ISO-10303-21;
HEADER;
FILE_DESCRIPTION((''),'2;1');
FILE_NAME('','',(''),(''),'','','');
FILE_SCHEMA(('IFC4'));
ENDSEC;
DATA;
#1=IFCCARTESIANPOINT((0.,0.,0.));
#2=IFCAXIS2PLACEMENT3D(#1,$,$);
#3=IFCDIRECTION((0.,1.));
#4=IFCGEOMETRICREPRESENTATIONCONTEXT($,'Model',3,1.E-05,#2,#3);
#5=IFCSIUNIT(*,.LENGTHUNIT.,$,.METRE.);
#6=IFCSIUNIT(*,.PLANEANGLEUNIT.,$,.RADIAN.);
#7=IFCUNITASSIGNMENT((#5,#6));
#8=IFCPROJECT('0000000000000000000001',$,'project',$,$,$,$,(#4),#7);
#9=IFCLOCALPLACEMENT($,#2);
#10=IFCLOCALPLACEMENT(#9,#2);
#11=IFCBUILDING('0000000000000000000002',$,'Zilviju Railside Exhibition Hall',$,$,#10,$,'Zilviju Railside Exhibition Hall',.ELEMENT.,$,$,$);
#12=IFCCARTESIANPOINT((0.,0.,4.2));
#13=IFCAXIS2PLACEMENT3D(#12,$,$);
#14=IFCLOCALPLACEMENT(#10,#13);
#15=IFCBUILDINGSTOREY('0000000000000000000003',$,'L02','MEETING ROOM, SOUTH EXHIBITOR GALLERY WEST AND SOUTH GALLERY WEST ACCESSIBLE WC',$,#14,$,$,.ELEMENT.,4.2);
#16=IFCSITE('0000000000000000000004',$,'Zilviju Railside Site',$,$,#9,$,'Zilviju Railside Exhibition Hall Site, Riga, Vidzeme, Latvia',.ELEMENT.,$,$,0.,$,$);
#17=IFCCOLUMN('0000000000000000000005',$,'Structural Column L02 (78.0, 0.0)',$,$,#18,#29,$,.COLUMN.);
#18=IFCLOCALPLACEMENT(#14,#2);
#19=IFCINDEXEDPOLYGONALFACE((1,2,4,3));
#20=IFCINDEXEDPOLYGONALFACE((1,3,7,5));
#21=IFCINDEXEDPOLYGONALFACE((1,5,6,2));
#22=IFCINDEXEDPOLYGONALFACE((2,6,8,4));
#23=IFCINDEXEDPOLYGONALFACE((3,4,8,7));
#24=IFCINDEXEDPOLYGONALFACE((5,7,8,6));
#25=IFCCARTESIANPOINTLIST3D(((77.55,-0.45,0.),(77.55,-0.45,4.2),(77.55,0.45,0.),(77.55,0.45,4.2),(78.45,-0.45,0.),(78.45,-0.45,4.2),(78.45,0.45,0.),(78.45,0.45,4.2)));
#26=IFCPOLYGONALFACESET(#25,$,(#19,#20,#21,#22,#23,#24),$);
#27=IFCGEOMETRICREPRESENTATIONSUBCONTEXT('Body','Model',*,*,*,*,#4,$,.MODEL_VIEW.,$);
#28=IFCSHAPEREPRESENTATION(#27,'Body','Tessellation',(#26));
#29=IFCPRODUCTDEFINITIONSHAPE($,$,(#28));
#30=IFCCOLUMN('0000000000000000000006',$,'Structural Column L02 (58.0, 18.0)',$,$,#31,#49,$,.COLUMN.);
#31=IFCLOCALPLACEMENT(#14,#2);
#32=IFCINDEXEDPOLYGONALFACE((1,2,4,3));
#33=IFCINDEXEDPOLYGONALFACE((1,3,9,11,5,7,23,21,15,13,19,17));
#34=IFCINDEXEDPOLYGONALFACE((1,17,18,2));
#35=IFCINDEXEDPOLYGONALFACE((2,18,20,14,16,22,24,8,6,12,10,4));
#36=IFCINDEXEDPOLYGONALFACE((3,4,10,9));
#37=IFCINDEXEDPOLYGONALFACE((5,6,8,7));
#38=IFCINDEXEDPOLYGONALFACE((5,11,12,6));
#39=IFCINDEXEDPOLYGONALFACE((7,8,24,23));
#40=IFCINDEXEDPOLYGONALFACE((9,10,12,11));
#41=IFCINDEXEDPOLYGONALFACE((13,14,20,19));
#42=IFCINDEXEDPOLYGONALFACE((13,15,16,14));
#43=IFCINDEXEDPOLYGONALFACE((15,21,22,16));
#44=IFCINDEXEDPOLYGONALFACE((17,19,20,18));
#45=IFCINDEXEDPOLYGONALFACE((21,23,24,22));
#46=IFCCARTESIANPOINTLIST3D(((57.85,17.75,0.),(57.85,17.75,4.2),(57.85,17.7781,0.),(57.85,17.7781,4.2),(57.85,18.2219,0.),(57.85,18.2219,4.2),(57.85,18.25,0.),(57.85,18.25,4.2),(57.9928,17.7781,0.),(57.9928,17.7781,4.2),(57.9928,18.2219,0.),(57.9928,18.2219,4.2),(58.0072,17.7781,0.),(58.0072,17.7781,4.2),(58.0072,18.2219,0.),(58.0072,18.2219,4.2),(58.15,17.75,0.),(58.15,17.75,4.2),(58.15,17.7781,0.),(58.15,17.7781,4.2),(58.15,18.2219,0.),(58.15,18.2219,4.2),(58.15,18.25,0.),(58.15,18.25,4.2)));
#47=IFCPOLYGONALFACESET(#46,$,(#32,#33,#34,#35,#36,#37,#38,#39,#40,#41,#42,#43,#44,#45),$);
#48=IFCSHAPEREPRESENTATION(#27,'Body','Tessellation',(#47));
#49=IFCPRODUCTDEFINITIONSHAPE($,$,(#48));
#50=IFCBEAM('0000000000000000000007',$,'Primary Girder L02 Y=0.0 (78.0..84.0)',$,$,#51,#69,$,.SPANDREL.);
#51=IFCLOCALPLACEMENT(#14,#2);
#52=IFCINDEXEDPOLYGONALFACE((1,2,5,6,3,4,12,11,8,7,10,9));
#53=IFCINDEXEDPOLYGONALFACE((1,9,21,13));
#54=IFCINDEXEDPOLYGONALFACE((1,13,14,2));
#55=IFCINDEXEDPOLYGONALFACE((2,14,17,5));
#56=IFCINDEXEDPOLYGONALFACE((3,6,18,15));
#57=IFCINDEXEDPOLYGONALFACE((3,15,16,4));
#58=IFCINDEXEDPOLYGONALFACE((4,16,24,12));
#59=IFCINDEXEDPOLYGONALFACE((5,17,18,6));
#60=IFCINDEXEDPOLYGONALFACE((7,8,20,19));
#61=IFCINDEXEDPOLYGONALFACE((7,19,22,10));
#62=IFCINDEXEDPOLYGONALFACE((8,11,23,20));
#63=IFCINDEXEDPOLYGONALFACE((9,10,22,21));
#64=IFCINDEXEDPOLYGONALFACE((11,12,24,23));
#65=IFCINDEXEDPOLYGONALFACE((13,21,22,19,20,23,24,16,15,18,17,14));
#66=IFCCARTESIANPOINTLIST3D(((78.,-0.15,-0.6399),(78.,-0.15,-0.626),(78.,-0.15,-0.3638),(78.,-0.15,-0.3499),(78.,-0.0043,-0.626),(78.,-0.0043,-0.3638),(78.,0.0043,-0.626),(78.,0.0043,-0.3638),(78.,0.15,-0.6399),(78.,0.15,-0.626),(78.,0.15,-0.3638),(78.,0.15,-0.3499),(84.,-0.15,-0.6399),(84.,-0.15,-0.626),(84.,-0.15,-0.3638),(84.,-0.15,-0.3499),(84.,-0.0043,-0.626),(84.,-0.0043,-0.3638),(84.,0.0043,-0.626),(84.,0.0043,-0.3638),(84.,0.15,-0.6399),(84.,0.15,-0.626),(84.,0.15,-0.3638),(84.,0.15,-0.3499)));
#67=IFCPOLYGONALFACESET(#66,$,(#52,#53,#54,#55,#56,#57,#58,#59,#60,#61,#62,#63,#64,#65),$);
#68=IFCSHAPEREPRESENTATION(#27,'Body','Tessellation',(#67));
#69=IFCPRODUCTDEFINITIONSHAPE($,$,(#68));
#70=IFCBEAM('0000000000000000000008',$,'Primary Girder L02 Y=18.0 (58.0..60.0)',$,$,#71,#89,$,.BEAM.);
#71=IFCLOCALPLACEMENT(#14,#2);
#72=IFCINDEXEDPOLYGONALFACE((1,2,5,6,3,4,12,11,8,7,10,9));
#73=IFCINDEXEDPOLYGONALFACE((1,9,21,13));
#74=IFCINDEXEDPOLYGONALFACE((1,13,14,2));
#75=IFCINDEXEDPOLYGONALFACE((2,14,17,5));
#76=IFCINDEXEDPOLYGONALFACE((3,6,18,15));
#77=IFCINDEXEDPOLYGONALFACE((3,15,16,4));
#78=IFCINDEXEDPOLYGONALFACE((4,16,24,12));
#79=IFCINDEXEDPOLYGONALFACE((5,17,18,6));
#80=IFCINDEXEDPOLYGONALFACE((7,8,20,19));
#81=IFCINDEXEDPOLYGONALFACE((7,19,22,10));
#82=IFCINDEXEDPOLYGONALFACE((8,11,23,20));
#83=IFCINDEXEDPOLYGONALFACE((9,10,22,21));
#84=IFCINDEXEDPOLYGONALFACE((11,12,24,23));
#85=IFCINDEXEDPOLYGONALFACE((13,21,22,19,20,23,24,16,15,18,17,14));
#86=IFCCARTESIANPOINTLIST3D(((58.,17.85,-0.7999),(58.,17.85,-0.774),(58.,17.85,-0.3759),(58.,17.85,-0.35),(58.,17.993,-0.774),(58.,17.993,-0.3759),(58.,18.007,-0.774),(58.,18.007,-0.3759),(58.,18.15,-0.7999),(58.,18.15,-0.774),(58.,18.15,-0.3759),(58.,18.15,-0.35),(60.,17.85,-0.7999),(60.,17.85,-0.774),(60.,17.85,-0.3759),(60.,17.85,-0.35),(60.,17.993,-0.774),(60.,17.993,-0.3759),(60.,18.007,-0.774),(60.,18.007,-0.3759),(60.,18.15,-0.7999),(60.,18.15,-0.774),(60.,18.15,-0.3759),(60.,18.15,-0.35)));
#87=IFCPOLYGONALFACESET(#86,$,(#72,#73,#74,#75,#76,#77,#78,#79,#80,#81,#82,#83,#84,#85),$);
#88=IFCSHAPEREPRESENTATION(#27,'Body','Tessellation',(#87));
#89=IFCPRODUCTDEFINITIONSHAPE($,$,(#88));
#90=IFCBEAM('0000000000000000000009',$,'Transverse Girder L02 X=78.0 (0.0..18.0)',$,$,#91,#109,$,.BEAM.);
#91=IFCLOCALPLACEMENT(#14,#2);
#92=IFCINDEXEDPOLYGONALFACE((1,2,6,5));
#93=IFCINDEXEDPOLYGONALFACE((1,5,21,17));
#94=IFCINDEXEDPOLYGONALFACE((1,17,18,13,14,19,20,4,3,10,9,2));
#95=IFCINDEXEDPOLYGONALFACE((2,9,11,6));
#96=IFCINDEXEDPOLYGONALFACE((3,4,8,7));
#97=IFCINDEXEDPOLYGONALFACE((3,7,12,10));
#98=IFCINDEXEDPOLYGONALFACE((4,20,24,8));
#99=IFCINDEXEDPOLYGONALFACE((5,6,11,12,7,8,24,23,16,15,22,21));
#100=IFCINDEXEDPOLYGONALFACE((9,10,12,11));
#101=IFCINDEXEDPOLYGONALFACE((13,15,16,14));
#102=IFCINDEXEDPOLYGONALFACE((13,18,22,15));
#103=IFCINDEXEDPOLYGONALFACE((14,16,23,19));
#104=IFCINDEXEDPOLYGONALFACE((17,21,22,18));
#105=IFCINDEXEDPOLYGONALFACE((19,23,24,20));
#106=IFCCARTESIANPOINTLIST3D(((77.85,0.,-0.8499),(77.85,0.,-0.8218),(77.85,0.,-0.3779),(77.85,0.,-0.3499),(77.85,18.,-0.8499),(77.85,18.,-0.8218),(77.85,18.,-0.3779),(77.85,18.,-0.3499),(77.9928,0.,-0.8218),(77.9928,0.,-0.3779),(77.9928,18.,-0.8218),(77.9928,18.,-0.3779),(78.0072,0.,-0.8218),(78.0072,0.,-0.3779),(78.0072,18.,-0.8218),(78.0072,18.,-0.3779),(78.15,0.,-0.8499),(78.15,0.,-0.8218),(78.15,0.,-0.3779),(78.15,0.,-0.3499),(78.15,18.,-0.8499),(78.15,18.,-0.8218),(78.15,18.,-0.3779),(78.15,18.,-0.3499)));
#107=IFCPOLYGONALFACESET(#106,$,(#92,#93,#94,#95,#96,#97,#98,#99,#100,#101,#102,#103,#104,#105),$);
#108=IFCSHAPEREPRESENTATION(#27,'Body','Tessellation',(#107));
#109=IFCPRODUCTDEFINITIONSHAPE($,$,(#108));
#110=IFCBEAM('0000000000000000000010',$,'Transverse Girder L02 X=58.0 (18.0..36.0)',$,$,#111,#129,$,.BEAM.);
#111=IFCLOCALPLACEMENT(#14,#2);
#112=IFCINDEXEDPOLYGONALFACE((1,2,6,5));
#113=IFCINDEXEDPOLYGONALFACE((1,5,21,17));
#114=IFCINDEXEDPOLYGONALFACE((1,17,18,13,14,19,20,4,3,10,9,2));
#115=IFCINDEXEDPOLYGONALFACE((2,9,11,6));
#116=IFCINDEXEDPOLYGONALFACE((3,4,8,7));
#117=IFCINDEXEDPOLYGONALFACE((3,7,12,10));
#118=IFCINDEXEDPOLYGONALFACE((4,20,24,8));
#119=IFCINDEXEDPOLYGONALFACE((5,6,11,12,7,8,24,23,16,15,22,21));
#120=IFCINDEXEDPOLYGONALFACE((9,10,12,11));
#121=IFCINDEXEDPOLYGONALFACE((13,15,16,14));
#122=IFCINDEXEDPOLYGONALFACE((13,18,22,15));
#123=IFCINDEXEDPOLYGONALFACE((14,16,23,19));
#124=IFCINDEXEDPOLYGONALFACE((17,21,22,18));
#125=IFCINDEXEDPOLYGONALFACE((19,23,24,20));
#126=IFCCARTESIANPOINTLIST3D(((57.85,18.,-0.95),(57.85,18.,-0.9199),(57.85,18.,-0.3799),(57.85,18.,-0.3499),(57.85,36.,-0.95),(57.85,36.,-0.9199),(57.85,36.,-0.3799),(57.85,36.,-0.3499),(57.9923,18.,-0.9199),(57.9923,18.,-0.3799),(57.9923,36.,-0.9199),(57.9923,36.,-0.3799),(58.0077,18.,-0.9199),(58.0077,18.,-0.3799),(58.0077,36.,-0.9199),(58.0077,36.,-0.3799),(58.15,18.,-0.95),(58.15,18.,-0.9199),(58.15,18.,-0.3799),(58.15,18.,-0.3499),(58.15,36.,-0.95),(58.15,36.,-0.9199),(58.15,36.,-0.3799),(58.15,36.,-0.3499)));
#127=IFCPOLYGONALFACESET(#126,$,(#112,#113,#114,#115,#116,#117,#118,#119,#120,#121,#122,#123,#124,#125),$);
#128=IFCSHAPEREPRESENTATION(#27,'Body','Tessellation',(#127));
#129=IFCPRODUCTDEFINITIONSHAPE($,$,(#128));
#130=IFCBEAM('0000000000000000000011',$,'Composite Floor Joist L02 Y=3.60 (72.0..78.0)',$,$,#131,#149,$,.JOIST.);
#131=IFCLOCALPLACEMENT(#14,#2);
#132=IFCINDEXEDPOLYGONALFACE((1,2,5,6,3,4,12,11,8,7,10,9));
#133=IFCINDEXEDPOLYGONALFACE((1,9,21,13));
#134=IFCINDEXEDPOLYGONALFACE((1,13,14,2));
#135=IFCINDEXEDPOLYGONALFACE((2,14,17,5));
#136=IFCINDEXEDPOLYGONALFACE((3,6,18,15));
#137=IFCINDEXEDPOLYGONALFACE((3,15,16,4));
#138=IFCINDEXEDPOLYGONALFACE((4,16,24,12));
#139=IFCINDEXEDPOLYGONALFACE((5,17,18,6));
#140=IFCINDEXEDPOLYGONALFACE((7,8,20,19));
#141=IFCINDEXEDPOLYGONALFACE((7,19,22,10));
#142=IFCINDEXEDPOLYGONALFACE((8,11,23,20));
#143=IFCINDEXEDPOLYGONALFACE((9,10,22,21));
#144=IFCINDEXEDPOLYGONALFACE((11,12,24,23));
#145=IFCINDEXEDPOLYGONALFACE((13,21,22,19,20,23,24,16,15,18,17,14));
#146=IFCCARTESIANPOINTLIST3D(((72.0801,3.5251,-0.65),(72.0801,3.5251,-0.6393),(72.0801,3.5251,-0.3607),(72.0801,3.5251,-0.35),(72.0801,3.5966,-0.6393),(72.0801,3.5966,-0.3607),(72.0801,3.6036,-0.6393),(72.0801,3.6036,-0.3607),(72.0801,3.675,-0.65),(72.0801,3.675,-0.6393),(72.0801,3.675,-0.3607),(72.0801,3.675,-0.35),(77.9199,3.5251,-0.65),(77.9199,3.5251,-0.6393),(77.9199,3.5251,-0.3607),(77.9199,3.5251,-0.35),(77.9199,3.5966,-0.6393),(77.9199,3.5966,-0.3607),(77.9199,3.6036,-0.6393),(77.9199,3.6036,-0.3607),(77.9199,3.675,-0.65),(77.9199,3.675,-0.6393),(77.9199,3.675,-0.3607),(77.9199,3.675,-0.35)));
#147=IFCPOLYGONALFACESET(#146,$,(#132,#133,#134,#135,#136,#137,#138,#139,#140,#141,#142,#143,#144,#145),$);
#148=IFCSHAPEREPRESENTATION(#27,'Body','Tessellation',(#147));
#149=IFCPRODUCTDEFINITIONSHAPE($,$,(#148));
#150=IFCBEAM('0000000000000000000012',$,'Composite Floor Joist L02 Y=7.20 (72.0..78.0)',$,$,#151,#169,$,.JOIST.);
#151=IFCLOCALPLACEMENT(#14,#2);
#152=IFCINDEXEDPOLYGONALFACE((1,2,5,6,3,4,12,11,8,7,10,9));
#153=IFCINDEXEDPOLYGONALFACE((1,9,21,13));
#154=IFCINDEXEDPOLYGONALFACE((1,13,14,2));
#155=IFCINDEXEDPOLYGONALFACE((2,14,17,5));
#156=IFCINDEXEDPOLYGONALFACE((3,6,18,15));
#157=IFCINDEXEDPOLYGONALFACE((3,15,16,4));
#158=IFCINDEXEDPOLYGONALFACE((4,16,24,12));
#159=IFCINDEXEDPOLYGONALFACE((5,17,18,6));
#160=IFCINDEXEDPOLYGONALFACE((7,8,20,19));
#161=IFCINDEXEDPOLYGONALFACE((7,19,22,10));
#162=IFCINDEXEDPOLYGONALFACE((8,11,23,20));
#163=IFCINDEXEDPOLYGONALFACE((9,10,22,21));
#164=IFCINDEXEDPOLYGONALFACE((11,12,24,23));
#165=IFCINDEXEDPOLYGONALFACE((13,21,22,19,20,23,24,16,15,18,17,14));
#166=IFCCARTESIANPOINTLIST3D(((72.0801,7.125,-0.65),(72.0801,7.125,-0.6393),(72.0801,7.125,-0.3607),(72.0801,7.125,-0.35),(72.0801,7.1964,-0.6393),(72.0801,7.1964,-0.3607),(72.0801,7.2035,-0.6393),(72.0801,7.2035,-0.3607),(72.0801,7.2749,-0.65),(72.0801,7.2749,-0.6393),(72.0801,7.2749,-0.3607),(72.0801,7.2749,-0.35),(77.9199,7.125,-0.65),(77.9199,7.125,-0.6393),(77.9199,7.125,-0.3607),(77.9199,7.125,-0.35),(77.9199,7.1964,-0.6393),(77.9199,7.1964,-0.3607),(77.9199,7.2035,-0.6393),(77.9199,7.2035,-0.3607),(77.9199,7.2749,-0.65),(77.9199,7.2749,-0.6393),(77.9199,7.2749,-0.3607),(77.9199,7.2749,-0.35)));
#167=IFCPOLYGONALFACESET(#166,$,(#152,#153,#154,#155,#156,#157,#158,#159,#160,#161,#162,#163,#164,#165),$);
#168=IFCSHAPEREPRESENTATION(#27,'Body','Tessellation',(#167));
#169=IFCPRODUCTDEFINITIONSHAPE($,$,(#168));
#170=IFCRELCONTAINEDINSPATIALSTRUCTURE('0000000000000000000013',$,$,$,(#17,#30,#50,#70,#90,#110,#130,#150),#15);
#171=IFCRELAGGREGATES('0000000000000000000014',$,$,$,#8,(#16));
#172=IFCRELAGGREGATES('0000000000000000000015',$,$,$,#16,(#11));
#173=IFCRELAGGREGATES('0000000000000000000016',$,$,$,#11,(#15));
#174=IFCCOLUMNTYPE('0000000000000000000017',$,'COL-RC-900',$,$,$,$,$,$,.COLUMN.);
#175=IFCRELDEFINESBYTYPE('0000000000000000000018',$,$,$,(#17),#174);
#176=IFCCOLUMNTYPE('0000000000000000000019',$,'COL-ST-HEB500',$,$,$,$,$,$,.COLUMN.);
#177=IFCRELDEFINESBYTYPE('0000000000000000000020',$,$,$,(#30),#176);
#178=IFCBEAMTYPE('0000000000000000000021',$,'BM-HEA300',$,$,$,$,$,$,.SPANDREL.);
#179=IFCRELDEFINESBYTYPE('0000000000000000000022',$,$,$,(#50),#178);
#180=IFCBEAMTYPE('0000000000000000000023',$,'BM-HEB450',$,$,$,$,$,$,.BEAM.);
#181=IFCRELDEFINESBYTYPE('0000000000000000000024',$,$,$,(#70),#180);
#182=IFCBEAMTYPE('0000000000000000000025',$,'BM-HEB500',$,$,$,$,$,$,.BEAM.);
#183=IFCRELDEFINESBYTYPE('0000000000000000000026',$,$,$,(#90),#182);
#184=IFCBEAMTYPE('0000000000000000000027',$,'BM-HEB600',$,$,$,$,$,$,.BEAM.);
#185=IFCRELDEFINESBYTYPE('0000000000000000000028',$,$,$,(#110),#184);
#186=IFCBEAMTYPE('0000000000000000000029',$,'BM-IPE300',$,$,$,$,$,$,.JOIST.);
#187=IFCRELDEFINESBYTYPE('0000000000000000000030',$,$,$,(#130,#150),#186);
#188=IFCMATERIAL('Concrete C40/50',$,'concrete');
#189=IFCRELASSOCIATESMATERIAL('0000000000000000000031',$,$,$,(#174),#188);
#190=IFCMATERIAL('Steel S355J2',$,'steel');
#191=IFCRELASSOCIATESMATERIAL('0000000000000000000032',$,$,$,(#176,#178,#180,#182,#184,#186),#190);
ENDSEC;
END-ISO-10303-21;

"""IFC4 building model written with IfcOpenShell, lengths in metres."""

from ifc_helpers import new_model, si_unit, direction, frame, origin, origin_2d, place, context, subcontext, project, spatial, rectangle, i_section, extrude, material, material_profile, profile_set, type_object, element, save


model = new_model("IFC4")

# Units and contexts
model_context = context("Model", 3, precision=1e-05, world=origin(), true_north=direction((0.0, 1.0)))
body_context = subcontext(model_context, "Body", "Model", "MODEL_VIEW")
ifc_project = project(units=[si_unit("LENGTHUNIT", "METRE"), si_unit("PLANEANGLEUNIT", "RADIAN")], contexts=[model_context])

# Site, building, storey
site_placement = place(None, origin())
site = spatial("IfcSite", under=ifc_project, at=site_placement, Name="Zilviju Railside Site", LongName="Zilviju Railside Exhibition Hall Site, Riga, Vidzeme, Latvia", CompositionType="ELEMENT", RefElevation=0.0)
building_placement = place(site_placement, origin())
building = spatial("IfcBuilding", under=site, at=building_placement, Name="Zilviju Railside Exhibition Hall", LongName="Zilviju Railside Exhibition Hall", CompositionType="ELEMENT")
storey_placement = place(building_placement, frame((0.0, 0.0, 4.2)))
storey = spatial("IfcBuildingStorey", under=building, at=storey_placement, Name="L02", Description="MEETING ROOM, SOUTH EXHIBITOR GALLERY WEST AND SOUTH GALLERY WEST ACCESSIBLE WC", CompositionType="ELEMENT", Elevation=4.2)

# Columns
ifc_material_1 = material(Name="Concrete C40/50", Category="concrete")
ifc_material_profile_1 = material_profile(ifc_material_1, rectangle(XDim=0.8999, YDim=0.8999, at=origin_2d()), Name="RC COL 900x900")
ifc_profile_set_1 = profile_set([ifc_material_profile_1], Name="Concrete C40/50")
column_type_1 = type_object("IfcColumnType", Name="COL-RC-900", PredefinedType="COLUMN", material=ifc_profile_set_1)
column_1_placement = place(storey_placement, frame((78.0, 0.0, 0.0), z_axis=(0.0, 0.0, 1.0), x_axis=(1.0, 0.0, 0.0)))
element("IfcColumn", 1, at=column_1_placement, inside=storey, type_object=column_type_1, Name="Structural Column L02 (78.0, 0.0)", PredefinedType="COLUMN", context=body_context, shape_type="SweptSolid", body=[
    extrude(rectangle(XDim=0.8999, YDim=0.8999, at=origin_2d()), origin(), (0.0, 0.0, 1.0), 4.2),
])
ifc_material_2 = material(Name="Steel S355J2", Category="steel")
ifc_material_profile_2 = material_profile(ifc_material_2, i_section(OverallWidth=0.3, OverallDepth=0.5, WebThickness=0.0144, FlangeThickness=0.0281, at=origin_2d()), Name="HEB 500")
ifc_profile_set_2 = profile_set([ifc_material_profile_2], Name="Steel S355J2")
column_type_2 = type_object("IfcColumnType", Name="COL-ST-HEB500", PredefinedType="COLUMN", material=ifc_profile_set_2)
column_2_placement = place(storey_placement, frame((58.0, 18.0, 0.0), z_axis=(0.0, 0.0, 1.0), x_axis=(1.0, 0.0, 0.0)))
element("IfcColumn", 2, at=column_2_placement, inside=storey, type_object=column_type_2, Name="Structural Column L02 (58.0, 18.0)", PredefinedType="COLUMN", context=body_context, shape_type="SweptSolid", body=[
    extrude(i_section(OverallWidth=0.3, OverallDepth=0.5, WebThickness=0.0144, FlangeThickness=0.0281, at=origin_2d()), origin(), (0.0, 0.0, 1.0), 4.2),
])

# Beams
ifc_material_profile_3 = material_profile(ifc_material_2, i_section(OverallWidth=0.3, OverallDepth=0.29, WebThickness=0.0085, FlangeThickness=0.0139, at=origin_2d()), Name="HEA 300")
ifc_profile_set_3 = profile_set([ifc_material_profile_3], Name="Steel S355J2")
beam_type_1 = type_object("IfcBeamType", Name="BM-HEA300", PredefinedType="SPANDREL", material=ifc_profile_set_3)
beam_1_placement = place(storey_placement, frame((78.0, 0.0, -0.4949), z_axis=(1.0, 0.0, 0.0), x_axis=(0.0, 1.0, 0.0)))
element("IfcBeam", 3, at=beam_1_placement, inside=storey, type_object=beam_type_1, Name="Primary Girder L02 Y=0.0 (78.0..84.0)", PredefinedType="SPANDREL", context=body_context, shape_type="SweptSolid", body=[
    extrude(i_section(OverallWidth=0.3, OverallDepth=0.29, WebThickness=0.0085, FlangeThickness=0.0139, at=origin_2d()), origin(), (0.0, 0.0, 1.0), 6.0),
])
ifc_material_profile_4 = material_profile(ifc_material_2, i_section(OverallWidth=0.3, OverallDepth=0.45, WebThickness=0.0139, FlangeThickness=0.0259, at=origin_2d()), Name="HEB 450")
ifc_profile_set_4 = profile_set([ifc_material_profile_4], Name="Steel S355J2")
beam_type_2 = type_object("IfcBeamType", Name="BM-HEB450", PredefinedType="BEAM", material=ifc_profile_set_4)
beam_2_placement = place(storey_placement, frame((58.0, 18.0, -0.575), z_axis=(1.0, 0.0, 0.0), x_axis=(0.0, 1.0, 0.0)))
element("IfcBeam", 4, at=beam_2_placement, inside=storey, type_object=beam_type_2, Name="Primary Girder L02 Y=18.0 (58.0..60.0)", PredefinedType="BEAM", context=body_context, shape_type="SweptSolid", body=[
    extrude(i_section(OverallWidth=0.3, OverallDepth=0.45, WebThickness=0.0139, FlangeThickness=0.0259, at=origin_2d()), origin(), (0.0, 0.0, 1.0), 2.0),
])
ifc_material_profile_5 = material_profile(ifc_material_2, i_section(OverallWidth=0.3, OverallDepth=0.5, WebThickness=0.0144, FlangeThickness=0.0281, at=origin_2d()), Name="HEB 500")
ifc_profile_set_5 = profile_set([ifc_material_profile_5], Name="Steel S355J2")
beam_type_3 = type_object("IfcBeamType", Name="BM-HEB500", PredefinedType="BEAM", material=ifc_profile_set_5)
beam_3_placement = place(storey_placement, frame((78.0, 0.0, -0.5999), z_axis=(0.0, 1.0, 0.0), x_axis=(-1.0, 0.0, 0.0)))
element("IfcBeam", 5, at=beam_3_placement, inside=storey, type_object=beam_type_3, Name="Transverse Girder L02 X=78.0 (0.0..18.0)", PredefinedType="BEAM", context=body_context, shape_type="SweptSolid", body=[
    extrude(i_section(OverallWidth=0.3, OverallDepth=0.5, WebThickness=0.0144, FlangeThickness=0.0281, at=origin_2d()), origin(), (0.0, 0.0, 1.0), 18.0),
])
ifc_material_profile_6 = material_profile(ifc_material_2, i_section(OverallWidth=0.3, OverallDepth=0.6001, WebThickness=0.0154, FlangeThickness=0.03, at=origin_2d()), Name="HEB 600")
ifc_profile_set_6 = profile_set([ifc_material_profile_6], Name="Steel S355J2")
beam_type_4 = type_object("IfcBeamType", Name="BM-HEB600", PredefinedType="BEAM", material=ifc_profile_set_6)
beam_4_placement = place(storey_placement, frame((58.0, 18.0, -0.6499), z_axis=(0.0, 1.0, 0.0), x_axis=(-1.0, 0.0, 0.0)))
element("IfcBeam", 6, at=beam_4_placement, inside=storey, type_object=beam_type_4, Name="Transverse Girder L02 X=58.0 (18.0..36.0)", PredefinedType="BEAM", context=body_context, shape_type="SweptSolid", body=[
    extrude(i_section(OverallWidth=0.3, OverallDepth=0.6001, WebThickness=0.0154, FlangeThickness=0.03, at=origin_2d()), origin(), (0.0, 0.0, 1.0), 18.0),
])
ifc_material_profile_7 = material_profile(ifc_material_2, i_section(OverallWidth=0.1499, OverallDepth=0.3, WebThickness=0.0071, FlangeThickness=0.0107, at=origin_2d()), Name="IPE 300")
ifc_profile_set_7 = profile_set([ifc_material_profile_7], Name="Steel S355J2")
beam_type_5 = type_object("IfcBeamType", Name="BM-IPE300", PredefinedType="JOIST", material=ifc_profile_set_7)
for number, where, z_axis, x_axis, name in (
    (7, (72.0801, 3.6001, -0.5), (1.0, 0.0, 0.0), (0.0, 1.0, 0.0), "Composite Floor Joist L02 Y=3.60 (72.0..78.0)"),
    (8, (72.0801, 7.2, -0.5), (1.0, 0.0, 0.0), (0.0, 1.0, 0.0), "Composite Floor Joist L02 Y=7.20 (72.0..78.0)"),
):
    element("IfcBeam", number, at=place(storey_placement, frame(where, z_axis=z_axis, x_axis=x_axis)), inside=storey, type_object=beam_type_5, Name=name, PredefinedType="JOIST", context=body_context, shape_type="SweptSolid", body=[
        extrude(i_section(OverallWidth=0.1499, OverallDepth=0.3, WebThickness=0.0071, FlangeThickness=0.0107, at=origin_2d()), origin(), (0.0, 0.0, 1.0), 5.8398),
    ])

save(model, "model.ifc")
